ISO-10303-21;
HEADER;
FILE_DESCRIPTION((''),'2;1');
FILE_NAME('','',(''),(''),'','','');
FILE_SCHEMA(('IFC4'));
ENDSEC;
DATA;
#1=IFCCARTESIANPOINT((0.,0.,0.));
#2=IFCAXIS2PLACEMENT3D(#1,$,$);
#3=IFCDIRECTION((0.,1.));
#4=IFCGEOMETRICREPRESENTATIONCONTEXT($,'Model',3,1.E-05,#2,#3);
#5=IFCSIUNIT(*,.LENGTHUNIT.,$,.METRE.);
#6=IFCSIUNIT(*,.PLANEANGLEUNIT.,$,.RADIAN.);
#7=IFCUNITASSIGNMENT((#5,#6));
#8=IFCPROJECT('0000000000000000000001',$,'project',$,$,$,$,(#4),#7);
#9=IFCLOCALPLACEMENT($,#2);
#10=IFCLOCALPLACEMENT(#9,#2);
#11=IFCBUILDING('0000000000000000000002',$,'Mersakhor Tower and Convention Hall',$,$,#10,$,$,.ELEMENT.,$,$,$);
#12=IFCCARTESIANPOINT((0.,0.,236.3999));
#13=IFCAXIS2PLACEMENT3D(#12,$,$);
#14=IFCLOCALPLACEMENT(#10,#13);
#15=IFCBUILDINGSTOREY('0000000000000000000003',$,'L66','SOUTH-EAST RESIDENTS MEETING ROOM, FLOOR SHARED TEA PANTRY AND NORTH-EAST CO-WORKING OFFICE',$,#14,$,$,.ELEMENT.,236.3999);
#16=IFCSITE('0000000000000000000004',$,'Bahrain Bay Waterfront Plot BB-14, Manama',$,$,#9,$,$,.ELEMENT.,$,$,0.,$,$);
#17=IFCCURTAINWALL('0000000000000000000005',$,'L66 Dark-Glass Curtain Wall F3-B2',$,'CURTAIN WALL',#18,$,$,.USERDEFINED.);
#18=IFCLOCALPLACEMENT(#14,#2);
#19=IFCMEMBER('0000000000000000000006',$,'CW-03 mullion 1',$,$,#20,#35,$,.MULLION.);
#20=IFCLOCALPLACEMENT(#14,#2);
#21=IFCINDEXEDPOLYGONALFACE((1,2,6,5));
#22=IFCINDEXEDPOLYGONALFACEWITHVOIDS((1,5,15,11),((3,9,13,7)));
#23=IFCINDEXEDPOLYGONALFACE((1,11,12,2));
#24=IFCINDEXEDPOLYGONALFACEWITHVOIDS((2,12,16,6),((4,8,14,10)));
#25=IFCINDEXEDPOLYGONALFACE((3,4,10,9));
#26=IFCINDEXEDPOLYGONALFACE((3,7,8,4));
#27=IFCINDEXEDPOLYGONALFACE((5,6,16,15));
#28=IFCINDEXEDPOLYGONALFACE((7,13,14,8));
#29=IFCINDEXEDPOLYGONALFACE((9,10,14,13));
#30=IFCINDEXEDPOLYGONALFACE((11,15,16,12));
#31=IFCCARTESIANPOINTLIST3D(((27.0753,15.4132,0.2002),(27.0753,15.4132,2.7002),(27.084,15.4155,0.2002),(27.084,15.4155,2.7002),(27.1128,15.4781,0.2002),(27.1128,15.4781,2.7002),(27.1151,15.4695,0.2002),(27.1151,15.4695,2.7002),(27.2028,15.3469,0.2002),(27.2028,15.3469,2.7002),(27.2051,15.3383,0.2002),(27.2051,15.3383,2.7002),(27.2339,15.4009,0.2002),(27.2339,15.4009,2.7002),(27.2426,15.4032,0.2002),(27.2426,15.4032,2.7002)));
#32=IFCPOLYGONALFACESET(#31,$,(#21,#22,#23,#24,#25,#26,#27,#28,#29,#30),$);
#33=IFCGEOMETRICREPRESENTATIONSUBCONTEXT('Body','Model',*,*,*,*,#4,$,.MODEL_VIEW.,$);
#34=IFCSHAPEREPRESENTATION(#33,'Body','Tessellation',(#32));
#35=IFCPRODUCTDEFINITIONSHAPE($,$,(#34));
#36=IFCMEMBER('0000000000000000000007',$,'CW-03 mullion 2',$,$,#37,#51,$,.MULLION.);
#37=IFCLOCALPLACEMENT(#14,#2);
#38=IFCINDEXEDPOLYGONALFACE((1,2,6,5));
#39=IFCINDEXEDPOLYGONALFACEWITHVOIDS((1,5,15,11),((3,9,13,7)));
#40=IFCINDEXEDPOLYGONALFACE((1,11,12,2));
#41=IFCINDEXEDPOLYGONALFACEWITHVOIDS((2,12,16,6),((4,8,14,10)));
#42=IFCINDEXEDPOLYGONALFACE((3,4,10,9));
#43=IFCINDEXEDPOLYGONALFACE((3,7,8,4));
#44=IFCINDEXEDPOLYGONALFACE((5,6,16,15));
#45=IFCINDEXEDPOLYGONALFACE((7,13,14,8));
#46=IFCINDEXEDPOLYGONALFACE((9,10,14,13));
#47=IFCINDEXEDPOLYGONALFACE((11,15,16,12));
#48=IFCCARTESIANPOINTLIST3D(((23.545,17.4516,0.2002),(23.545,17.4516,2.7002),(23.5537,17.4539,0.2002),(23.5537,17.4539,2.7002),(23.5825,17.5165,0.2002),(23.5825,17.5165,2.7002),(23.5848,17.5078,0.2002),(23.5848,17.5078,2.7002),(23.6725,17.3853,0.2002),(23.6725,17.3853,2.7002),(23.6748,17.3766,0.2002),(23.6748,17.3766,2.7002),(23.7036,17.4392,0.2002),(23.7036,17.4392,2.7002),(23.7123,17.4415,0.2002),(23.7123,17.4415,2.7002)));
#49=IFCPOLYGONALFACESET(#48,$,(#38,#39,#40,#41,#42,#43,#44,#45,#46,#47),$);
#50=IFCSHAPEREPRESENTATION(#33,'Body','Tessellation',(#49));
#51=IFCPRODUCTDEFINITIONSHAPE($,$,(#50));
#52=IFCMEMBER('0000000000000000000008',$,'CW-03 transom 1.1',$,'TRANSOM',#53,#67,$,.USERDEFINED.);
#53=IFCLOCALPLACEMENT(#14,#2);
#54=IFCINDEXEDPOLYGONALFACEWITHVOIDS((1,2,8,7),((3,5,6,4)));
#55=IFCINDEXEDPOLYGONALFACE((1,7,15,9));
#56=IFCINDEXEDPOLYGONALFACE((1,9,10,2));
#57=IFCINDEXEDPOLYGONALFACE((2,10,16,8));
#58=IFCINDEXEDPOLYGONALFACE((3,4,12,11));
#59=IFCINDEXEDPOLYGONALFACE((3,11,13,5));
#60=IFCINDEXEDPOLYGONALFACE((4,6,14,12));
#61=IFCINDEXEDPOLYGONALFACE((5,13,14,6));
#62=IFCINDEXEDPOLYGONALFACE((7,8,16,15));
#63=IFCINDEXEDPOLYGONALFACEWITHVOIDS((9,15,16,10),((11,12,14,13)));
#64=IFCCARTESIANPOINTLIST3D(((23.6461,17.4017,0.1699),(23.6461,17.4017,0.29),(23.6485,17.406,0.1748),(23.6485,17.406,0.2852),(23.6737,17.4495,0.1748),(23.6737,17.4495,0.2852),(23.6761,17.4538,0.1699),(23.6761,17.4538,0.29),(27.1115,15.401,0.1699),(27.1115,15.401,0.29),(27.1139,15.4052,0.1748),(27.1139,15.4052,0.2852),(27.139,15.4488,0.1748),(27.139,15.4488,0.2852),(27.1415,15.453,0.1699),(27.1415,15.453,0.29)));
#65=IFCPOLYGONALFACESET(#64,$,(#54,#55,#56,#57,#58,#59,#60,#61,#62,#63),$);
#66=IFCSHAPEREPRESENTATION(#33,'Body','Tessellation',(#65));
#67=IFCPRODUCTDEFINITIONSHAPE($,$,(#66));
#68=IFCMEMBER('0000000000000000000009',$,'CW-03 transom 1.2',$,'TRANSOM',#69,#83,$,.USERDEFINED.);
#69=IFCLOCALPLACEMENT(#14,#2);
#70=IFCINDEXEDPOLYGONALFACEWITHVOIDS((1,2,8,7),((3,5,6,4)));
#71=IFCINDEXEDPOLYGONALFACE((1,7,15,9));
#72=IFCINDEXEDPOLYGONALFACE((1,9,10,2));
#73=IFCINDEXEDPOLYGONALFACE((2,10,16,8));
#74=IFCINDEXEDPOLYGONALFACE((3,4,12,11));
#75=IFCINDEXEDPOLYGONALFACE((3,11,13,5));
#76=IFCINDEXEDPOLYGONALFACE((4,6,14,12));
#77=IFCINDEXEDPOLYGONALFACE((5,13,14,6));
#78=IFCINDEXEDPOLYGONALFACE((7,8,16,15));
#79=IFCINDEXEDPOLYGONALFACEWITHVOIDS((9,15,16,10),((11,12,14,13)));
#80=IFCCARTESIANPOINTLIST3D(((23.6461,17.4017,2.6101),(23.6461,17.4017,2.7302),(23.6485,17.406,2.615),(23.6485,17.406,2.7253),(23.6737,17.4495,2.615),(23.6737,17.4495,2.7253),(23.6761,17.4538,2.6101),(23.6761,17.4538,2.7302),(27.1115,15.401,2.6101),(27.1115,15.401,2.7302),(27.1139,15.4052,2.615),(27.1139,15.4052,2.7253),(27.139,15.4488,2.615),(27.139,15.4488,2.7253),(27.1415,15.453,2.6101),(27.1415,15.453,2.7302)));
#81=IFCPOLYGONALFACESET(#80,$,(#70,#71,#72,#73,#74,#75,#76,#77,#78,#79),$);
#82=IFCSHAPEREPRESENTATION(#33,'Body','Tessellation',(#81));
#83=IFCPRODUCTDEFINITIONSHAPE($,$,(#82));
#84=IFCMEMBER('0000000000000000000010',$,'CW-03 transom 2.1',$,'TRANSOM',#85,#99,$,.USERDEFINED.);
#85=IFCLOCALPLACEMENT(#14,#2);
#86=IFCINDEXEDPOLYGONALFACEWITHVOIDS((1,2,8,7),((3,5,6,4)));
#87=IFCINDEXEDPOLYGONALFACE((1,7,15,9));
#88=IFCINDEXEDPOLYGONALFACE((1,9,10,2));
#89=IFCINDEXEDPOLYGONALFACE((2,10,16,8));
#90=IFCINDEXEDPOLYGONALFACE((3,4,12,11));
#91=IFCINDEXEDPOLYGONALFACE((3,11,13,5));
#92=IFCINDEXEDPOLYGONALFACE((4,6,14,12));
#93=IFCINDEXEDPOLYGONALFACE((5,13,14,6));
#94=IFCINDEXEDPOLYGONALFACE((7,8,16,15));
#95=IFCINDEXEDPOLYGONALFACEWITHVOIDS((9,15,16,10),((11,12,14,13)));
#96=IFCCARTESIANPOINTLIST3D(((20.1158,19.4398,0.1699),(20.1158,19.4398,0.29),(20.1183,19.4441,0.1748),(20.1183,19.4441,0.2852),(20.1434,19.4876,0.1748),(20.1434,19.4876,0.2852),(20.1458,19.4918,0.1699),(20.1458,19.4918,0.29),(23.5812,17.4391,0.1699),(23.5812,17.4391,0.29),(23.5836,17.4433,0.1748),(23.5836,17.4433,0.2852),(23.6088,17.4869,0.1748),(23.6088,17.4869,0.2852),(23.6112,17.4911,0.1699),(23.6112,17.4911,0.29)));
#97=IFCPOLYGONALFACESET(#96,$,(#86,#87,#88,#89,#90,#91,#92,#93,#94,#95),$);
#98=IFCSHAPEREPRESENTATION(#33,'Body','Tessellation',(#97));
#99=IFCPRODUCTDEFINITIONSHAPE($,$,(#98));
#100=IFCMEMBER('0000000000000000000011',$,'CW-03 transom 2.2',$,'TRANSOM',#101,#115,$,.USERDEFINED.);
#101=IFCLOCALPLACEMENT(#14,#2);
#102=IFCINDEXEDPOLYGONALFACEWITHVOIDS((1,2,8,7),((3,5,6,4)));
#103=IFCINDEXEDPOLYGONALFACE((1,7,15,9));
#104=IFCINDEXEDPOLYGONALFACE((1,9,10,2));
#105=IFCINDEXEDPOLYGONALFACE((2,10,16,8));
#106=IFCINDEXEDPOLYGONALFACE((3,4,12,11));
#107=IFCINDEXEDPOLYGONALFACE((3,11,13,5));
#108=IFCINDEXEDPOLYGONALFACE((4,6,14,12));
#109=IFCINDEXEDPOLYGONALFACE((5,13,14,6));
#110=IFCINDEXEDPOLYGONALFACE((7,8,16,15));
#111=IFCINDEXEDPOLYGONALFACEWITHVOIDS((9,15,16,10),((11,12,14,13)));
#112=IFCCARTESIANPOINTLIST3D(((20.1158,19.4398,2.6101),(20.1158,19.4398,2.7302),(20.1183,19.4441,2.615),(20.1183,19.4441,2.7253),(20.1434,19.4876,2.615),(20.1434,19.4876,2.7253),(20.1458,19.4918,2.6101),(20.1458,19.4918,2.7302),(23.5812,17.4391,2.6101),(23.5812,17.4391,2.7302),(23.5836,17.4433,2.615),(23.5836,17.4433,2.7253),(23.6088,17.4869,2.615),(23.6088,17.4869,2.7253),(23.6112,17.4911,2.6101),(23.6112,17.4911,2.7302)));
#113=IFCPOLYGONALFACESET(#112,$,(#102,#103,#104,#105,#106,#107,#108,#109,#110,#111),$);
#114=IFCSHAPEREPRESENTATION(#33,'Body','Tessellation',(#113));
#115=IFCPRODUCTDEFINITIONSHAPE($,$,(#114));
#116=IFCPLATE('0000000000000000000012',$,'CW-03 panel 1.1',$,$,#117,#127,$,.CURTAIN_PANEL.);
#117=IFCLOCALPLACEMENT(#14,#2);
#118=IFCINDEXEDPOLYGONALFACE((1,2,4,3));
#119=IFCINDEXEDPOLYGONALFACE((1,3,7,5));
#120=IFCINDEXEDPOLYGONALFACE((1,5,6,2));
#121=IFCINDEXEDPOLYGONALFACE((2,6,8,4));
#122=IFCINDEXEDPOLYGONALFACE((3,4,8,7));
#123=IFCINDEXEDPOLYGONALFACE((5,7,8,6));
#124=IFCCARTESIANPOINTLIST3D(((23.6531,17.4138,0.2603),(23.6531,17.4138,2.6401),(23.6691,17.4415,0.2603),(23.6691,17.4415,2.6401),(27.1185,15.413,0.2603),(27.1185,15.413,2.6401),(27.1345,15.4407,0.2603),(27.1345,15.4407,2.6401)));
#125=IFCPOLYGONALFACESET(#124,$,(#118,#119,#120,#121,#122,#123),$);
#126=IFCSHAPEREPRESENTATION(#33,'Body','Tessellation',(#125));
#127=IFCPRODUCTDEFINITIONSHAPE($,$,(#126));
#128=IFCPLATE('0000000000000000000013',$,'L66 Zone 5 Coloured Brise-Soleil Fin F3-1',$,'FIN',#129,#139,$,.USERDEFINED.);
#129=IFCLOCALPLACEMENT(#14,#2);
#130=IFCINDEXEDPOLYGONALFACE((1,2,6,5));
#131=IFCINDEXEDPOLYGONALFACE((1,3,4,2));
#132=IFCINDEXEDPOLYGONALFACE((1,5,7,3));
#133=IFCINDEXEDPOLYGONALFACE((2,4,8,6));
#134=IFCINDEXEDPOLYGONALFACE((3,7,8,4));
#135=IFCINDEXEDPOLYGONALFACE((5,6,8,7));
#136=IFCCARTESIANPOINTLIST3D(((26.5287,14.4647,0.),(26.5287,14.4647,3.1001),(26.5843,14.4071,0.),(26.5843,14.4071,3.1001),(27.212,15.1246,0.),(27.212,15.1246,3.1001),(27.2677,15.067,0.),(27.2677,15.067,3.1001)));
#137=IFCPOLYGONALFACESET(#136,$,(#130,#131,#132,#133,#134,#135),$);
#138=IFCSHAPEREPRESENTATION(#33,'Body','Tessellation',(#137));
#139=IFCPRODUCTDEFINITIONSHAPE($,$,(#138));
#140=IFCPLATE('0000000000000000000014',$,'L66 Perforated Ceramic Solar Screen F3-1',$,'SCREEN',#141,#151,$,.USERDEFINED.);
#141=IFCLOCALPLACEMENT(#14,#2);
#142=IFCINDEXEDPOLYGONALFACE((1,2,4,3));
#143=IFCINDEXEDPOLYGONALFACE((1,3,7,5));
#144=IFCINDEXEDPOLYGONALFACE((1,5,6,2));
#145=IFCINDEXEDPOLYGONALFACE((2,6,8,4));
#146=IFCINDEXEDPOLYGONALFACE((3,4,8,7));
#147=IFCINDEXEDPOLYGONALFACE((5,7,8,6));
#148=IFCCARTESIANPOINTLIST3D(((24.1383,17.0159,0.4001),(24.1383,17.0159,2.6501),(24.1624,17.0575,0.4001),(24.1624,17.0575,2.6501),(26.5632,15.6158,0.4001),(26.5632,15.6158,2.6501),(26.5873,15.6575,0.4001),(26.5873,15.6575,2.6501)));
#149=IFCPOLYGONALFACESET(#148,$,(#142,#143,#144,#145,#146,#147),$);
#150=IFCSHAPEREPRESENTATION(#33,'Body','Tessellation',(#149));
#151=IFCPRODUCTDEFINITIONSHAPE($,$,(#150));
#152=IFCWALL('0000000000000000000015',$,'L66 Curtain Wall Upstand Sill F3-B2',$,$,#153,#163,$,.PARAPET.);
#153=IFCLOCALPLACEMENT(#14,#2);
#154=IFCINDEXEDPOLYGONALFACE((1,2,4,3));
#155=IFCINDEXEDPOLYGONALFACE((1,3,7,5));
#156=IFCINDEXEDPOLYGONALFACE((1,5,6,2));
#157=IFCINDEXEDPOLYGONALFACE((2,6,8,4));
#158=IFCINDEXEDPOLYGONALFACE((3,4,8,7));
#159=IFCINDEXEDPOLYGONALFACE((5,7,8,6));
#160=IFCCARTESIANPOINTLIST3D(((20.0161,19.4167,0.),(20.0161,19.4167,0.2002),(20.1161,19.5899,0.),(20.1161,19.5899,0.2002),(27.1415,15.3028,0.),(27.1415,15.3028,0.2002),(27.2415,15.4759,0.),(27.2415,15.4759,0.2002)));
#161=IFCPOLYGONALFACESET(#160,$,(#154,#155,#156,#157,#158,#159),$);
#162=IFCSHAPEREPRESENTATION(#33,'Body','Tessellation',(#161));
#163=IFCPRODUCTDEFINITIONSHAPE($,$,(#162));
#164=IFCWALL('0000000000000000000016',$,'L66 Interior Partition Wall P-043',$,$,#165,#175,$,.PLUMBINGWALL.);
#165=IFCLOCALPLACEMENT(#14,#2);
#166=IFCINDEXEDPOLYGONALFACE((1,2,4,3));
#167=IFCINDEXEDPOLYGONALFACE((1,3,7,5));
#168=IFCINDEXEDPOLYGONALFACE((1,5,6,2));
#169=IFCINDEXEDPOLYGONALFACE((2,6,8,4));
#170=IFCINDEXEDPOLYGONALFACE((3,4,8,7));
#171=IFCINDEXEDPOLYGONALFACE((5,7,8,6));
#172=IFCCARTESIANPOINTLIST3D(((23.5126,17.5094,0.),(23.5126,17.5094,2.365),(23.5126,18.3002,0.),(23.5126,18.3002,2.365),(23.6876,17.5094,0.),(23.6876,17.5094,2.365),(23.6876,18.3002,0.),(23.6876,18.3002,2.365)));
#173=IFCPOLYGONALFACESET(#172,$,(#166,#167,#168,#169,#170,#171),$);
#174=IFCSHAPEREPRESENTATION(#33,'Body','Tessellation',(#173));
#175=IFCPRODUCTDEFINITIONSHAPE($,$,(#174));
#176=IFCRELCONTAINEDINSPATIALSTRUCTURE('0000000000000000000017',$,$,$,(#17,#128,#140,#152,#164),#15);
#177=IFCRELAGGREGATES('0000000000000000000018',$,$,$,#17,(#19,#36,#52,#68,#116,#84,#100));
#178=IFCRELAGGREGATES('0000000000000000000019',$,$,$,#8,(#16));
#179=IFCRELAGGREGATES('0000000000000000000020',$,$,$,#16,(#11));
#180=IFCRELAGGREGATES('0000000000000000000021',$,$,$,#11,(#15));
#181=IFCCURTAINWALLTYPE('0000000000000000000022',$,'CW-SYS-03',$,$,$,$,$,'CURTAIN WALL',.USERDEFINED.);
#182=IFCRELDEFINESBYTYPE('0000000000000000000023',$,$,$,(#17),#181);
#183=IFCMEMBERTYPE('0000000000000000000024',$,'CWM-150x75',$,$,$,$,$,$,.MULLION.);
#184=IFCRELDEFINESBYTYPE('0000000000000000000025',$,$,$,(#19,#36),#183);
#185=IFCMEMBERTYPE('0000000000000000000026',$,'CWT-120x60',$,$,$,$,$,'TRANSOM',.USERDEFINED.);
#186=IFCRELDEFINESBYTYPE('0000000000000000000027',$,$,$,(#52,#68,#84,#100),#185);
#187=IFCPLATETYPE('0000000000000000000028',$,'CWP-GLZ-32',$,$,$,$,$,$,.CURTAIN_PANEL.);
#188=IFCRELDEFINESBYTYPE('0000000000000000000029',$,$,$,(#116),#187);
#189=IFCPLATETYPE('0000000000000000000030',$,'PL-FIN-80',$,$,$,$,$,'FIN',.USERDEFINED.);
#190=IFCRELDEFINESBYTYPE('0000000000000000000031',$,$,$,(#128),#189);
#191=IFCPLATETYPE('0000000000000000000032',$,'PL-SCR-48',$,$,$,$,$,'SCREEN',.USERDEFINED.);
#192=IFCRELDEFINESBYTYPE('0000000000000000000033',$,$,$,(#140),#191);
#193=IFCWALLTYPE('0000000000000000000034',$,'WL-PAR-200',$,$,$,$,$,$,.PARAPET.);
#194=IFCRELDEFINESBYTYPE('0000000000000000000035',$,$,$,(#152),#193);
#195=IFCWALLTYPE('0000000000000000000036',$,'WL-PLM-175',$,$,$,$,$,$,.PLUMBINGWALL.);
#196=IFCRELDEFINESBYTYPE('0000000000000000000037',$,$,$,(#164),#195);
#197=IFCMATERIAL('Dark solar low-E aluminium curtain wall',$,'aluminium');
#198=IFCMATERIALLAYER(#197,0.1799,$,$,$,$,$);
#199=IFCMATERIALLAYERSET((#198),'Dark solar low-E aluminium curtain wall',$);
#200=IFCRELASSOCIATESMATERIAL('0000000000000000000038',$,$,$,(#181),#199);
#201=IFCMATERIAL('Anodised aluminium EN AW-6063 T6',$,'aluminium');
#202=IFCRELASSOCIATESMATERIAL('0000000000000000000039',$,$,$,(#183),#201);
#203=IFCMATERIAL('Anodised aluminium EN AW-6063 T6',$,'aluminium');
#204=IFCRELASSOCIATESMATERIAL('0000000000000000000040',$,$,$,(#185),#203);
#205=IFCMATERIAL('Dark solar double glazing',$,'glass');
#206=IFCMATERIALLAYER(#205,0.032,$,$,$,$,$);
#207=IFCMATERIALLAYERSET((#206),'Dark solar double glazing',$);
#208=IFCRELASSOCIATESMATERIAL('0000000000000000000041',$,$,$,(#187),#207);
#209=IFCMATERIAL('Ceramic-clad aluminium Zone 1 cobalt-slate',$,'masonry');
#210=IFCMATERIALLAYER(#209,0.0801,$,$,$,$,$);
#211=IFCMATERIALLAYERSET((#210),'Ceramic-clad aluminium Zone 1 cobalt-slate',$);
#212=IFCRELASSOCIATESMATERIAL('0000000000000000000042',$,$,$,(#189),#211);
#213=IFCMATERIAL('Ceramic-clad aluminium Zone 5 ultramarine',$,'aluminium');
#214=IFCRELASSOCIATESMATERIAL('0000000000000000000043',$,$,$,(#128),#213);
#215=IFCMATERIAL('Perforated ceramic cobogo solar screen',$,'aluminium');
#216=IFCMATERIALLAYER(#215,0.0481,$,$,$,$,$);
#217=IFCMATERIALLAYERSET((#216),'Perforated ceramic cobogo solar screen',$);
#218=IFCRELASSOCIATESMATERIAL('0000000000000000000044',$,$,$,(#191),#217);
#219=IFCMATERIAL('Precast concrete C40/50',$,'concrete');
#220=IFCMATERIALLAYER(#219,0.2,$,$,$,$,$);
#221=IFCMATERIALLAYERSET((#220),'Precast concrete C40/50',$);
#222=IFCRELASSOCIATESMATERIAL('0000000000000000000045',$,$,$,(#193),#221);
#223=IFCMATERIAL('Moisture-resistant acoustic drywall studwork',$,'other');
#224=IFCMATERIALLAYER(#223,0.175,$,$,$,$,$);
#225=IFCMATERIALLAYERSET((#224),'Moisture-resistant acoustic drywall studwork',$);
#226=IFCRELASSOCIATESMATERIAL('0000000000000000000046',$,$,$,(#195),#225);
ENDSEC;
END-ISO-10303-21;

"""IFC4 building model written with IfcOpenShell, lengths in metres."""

from ifc_helpers import new_model, si_unit, direction, frame, frame_2d, origin, origin_2d, place, context, subcontext, project, spatial, rectangle, hollow_rectangle, extrude, material, layer, layer_set, material_profile, profile_set, type_object, element, aggregate, save


model = new_model("IFC4")

# Units and contexts
model_context = context("Model", 3, precision=1e-05, world=origin(), true_north=direction((0.0, 1.0)))
body_context = subcontext(model_context, "Body", "Model", "MODEL_VIEW")
ifc_project = project(units=[si_unit("LENGTHUNIT", "METRE"), si_unit("PLANEANGLEUNIT", "RADIAN")], contexts=[model_context])

# Site, building, storey
site_placement = place(None, origin())
site = spatial("IfcSite", under=ifc_project, at=site_placement, Name="Bahrain Bay Waterfront Plot BB-14, Manama", CompositionType="ELEMENT", RefElevation=0.0)
building_placement = place(site_placement, origin())
building = spatial("IfcBuilding", under=site, at=building_placement, Name="Mersakhor Tower and Convention Hall", CompositionType="ELEMENT")
storey_placement = place(building_placement, frame((0.0, 0.0, 236.3999)))
storey = spatial("IfcBuildingStorey", under=building, at=storey_placement, Name="L66", Description="SOUTH-EAST RESIDENTS MEETING ROOM, FLOOR SHARED TEA PANTRY AND NORTH-EAST CO-WORKING OFFICE", CompositionType="ELEMENT", Elevation=236.3999)

# Curtain wall, members, plate
ifc_material_1 = material(Name="Dark solar low-E aluminium curtain wall", Category="aluminium")
ifc_layer_1 = layer(ifc_material_1, 0.1799)
ifc_layer_set_1 = layer_set([ifc_layer_1], Name="Dark solar low-E aluminium curtain wall")
curtain_wall_type = type_object("IfcCurtainWallType", Name="CW-SYS-03", ElementType="CURTAIN WALL", PredefinedType="USERDEFINED", material=ifc_layer_set_1)
curtain_wall_placement = place(storey_placement, origin())
curtain_wall = element("IfcCurtainWall", 1, at=curtain_wall_placement, inside=storey, type_object=curtain_wall_type, Name="L66 Dark-Glass Curtain Wall F3-B2", ObjectType="CURTAIN WALL", PredefinedType="USERDEFINED")
ifc_material_2 = material(Name="Anodised aluminium EN AW-6063 T6", Category="aluminium")
ifc_material_profile_1 = material_profile(ifc_material_2, hollow_rectangle(XDim=0.075, YDim=0.1499, WallThickness=0.0063, at=origin_2d()), Name="RHS 150x75x6.3")
ifc_profile_set_1 = profile_set([ifc_material_profile_1], Name="Anodised aluminium EN AW-6063 T6")
member_type_1 = type_object("IfcMemberType", Name="CWM-150x75", PredefinedType="MULLION", material=ifc_profile_set_1)
member_1_placement = place(storey_placement, frame((27.1589, 15.4082, 0.2002), z_axis=(0.0, 0.0, 1.0), x_axis=(-0.500004, -0.866023, 0.0)))
member_1 = element("IfcMember", 2, at=member_1_placement, type_object=member_type_1, Name="CW-03 mullion 1", PredefinedType="MULLION", context=body_context, shape_type="SweptSolid", body=[
    extrude(hollow_rectangle(XDim=0.075, YDim=0.1499, WallThickness=0.0063, at=origin_2d()), origin(), (0.0, 0.0, 1.0), 2.5),
])
member_2_placement = place(storey_placement, frame((23.6287, 17.4465, 0.2002), z_axis=(0.0, 0.0, 1.0), x_axis=(-0.500004, -0.866023, 0.0)))
member_2 = element("IfcMember", 3, at=member_2_placement, type_object=member_type_1, Name="CW-03 mullion 2", PredefinedType="MULLION", context=body_context, shape_type="SweptSolid", body=[
    extrude(hollow_rectangle(XDim=0.075, YDim=0.1499, WallThickness=0.0063, at=origin_2d()), origin(), (0.0, 0.0, 1.0), 2.5),
])
ifc_material_3 = material(Name="Anodised aluminium EN AW-6063 T6", Category="aluminium")
ifc_material_profile_2 = material_profile(ifc_material_3, hollow_rectangle(XDim=0.0601, YDim=0.1201, WallThickness=0.0049, at=origin_2d()), Name="RHS 120x60x5")
ifc_profile_set_2 = profile_set([ifc_material_profile_2], Name="Anodised aluminium EN AW-6063 T6")
member_type_2 = type_object("IfcMemberType", Name="CWT-120x60", ElementType="TRANSOM", PredefinedType="USERDEFINED", material=ifc_profile_set_2)
member_3_placement = place(storey_placement, frame((27.1265, 15.427, 0.23), z_axis=(-0.866023, 0.500004, 0.0), x_axis=(-0.500004, -0.866023, 0.0)))
member_3 = element("IfcMember", 4, at=member_3_placement, type_object=member_type_2, Name="CW-03 transom 1.1", ObjectType="TRANSOM", PredefinedType="USERDEFINED", context=body_context, shape_type="SweptSolid", body=[
    extrude(hollow_rectangle(XDim=0.0601, YDim=0.1201, WallThickness=0.0049, at=origin_2d()), origin(), (0.0, 0.0, 1.0), 4.0015),
])
member_4_placement = place(storey_placement, frame((27.1265, 15.427, 2.6702), z_axis=(-0.866023, 0.500004, 0.0), x_axis=(-0.500004, -0.866023, 0.0)))
member_4 = element("IfcMember", 5, at=member_4_placement, type_object=member_type_2, Name="CW-03 transom 1.2", ObjectType="TRANSOM", PredefinedType="USERDEFINED", context=body_context, shape_type="SweptSolid", body=[
    extrude(hollow_rectangle(XDim=0.0601, YDim=0.1201, WallThickness=0.0049, at=origin_2d()), origin(), (0.0, 0.0, 1.0), 4.0015),
])
member_5_placement = place(storey_placement, frame((23.5962, 17.4651, 0.23), z_axis=(-0.866023, 0.500004, 0.0), x_axis=(-0.500004, -0.866023, 0.0)))
member_5 = element("IfcMember", 6, at=member_5_placement, type_object=member_type_2, Name="CW-03 transom 2.1", ObjectType="TRANSOM", PredefinedType="USERDEFINED", context=body_context, shape_type="SweptSolid", body=[
    extrude(hollow_rectangle(XDim=0.0601, YDim=0.1201, WallThickness=0.0049, at=origin_2d()), origin(), (0.0, 0.0, 1.0), 4.0015),
])
member_6_placement = place(storey_placement, frame((23.5962, 17.4651, 2.6702), z_axis=(-0.866023, 0.500004, 0.0), x_axis=(-0.500004, -0.866023, 0.0)))
member_6 = element("IfcMember", 7, at=member_6_placement, type_object=member_type_2, Name="CW-03 transom 2.2", ObjectType="TRANSOM", PredefinedType="USERDEFINED", context=body_context, shape_type="SweptSolid", body=[
    extrude(hollow_rectangle(XDim=0.0601, YDim=0.1201, WallThickness=0.0049, at=origin_2d()), origin(), (0.0, 0.0, 1.0), 4.0015),
])
ifc_material_4 = material(Name="Dark solar double glazing", Category="glass")
ifc_layer_2 = layer(ifc_material_4, 0.032)
ifc_layer_set_2 = layer_set([ifc_layer_2], Name="Dark solar double glazing")
plate_type_1 = type_object("IfcPlateType", Name="CWP-GLZ-32", PredefinedType="CURTAIN_PANEL", material=ifc_layer_set_2)
plate_1_placement = place(storey_placement, frame((25.3938, 16.4272, 0.2603), z_axis=(0.0, 0.0, 1.0), x_axis=(-0.866023, 0.500004, 0.0)))
plate_1 = element("IfcPlate", 8, at=plate_1_placement, type_object=plate_type_1, Name="CW-03 panel 1.1", PredefinedType="CURTAIN_PANEL", context=body_context, shape_type="SweptSolid", body=[
    extrude(rectangle(XDim=4.0015, YDim=0.032, at=origin_2d()), origin(), (0.0, 0.0, 1.0), 2.3799),
])
aggregate(curtain_wall, [member_1, member_2, member_3, member_4, plate_1, member_5, member_6])

# Plates
ifc_material_5 = material(Name="Ceramic-clad aluminium Zone 5 ultramarine", Category="aluminium")
ifc_material_6 = material(Name="Ceramic-clad aluminium Zone 1 cobalt-slate", Category="masonry")
ifc_layer_3 = layer(ifc_material_6, 0.0801)
ifc_layer_set_3 = layer_set([ifc_layer_3], Name="Ceramic-clad aluminium Zone 1 cobalt-slate")
plate_type_2 = type_object("IfcPlateType", Name="PL-FIN-80", ElementType="FIN", PredefinedType="USERDEFINED", material=ifc_layer_set_3)
plate_2_placement = place(storey_placement, frame((26.8982, 14.7659, 0.0), z_axis=(0.0, 0.0, 1.0), x_axis=(-0.71934, -0.694658, 0.0)))
element("IfcPlate", 9, at=plate_2_placement, inside=storey, type_object=plate_type_2, material=ifc_material_5, Name="L66 Zone 5 Coloured Brise-Soleil Fin F3-1", ObjectType="FIN", PredefinedType="USERDEFINED", context=body_context, shape_type="SweptSolid", body=[
    extrude(rectangle(XDim=0.95, YDim=0.0801, at=origin_2d()), origin(), (0.0, 0.0, 1.0), 3.1001),
])
ifc_material_7 = material(Name="Perforated ceramic cobogo solar screen", Category="aluminium")
ifc_layer_4 = layer(ifc_material_7, 0.0481)
ifc_layer_set_4 = layer_set([ifc_layer_4], Name="Perforated ceramic cobogo solar screen")
plate_type_3 = type_object("IfcPlateType", Name="PL-SCR-48", ElementType="SCREEN", PredefinedType="USERDEFINED", material=ifc_layer_set_4)
plate_3_placement = place(storey_placement, frame((25.3628, 16.3367, 0.4001), z_axis=(0.0, 0.0, 1.0), x_axis=(-0.866025, 0.5, 0.0)))
element("IfcPlate", 10, at=plate_3_placement, inside=storey, type_object=plate_type_3, Name="L66 Perforated Ceramic Solar Screen F3-1", ObjectType="SCREEN", PredefinedType="USERDEFINED", context=body_context, shape_type="SweptSolid", body=[
    extrude(rectangle(XDim=2.8, YDim=0.0481, at=origin_2d()), origin(), (0.0, 0.0, 1.0), 2.25),
])

# Walls
ifc_material_8 = material(Name="Precast concrete C40/50", Category="concrete")
ifc_layer_5 = layer(ifc_material_8, 0.2)
ifc_layer_set_5 = layer_set([ifc_layer_5], Name="Precast concrete C40/50")
wall_type_1 = type_object("IfcWallType", Name="WL-PAR-200", PredefinedType="PARAPET", material=ifc_layer_set_5)
wall_1_placement = place(storey_placement, frame((27.1914, 15.3894, 0.0), z_axis=(0.0, 0.0, 1.0), x_axis=(-0.86602, 0.50001, 0.0)))
element("IfcWall", 11, at=wall_1_placement, inside=storey, type_object=wall_type_1, Name="L66 Curtain Wall Upstand Sill F3-B2", PredefinedType="PARAPET", context=body_context, shape_type="SweptSolid", body=[
    extrude(rectangle(XDim=8.2278, YDim=0.2, at=frame_2d((4.1138, 0.0))), origin(), (0.0, 0.0, 1.0), 0.2002),
])
ifc_material_9 = material(Name="Moisture-resistant acoustic drywall studwork", Category="other")
ifc_layer_6 = layer(ifc_material_9, 0.175)
ifc_layer_set_6 = layer_set([ifc_layer_6], Name="Moisture-resistant acoustic drywall studwork")
wall_type_2 = type_object("IfcWallType", Name="WL-PLM-175", PredefinedType="PLUMBINGWALL", material=ifc_layer_set_6)
wall_2_placement = place(storey_placement, frame((23.6001, 17.5093, 0.0), z_axis=(0.0, 0.0, 1.0), x_axis=(0.0, 1.0, 0.0)))
element("IfcWall", 12, at=wall_2_placement, inside=storey, type_object=wall_type_2, Name="L66 Interior Partition Wall P-043", PredefinedType="PLUMBINGWALL", context=body_context, shape_type="SweptSolid", body=[
    extrude(rectangle(XDim=0.7908, YDim=0.175, at=frame_2d((0.3955, 0.0))), origin(), (0.0, 0.0, 1.0), 2.365),
])

save(model, "model.ifc")
